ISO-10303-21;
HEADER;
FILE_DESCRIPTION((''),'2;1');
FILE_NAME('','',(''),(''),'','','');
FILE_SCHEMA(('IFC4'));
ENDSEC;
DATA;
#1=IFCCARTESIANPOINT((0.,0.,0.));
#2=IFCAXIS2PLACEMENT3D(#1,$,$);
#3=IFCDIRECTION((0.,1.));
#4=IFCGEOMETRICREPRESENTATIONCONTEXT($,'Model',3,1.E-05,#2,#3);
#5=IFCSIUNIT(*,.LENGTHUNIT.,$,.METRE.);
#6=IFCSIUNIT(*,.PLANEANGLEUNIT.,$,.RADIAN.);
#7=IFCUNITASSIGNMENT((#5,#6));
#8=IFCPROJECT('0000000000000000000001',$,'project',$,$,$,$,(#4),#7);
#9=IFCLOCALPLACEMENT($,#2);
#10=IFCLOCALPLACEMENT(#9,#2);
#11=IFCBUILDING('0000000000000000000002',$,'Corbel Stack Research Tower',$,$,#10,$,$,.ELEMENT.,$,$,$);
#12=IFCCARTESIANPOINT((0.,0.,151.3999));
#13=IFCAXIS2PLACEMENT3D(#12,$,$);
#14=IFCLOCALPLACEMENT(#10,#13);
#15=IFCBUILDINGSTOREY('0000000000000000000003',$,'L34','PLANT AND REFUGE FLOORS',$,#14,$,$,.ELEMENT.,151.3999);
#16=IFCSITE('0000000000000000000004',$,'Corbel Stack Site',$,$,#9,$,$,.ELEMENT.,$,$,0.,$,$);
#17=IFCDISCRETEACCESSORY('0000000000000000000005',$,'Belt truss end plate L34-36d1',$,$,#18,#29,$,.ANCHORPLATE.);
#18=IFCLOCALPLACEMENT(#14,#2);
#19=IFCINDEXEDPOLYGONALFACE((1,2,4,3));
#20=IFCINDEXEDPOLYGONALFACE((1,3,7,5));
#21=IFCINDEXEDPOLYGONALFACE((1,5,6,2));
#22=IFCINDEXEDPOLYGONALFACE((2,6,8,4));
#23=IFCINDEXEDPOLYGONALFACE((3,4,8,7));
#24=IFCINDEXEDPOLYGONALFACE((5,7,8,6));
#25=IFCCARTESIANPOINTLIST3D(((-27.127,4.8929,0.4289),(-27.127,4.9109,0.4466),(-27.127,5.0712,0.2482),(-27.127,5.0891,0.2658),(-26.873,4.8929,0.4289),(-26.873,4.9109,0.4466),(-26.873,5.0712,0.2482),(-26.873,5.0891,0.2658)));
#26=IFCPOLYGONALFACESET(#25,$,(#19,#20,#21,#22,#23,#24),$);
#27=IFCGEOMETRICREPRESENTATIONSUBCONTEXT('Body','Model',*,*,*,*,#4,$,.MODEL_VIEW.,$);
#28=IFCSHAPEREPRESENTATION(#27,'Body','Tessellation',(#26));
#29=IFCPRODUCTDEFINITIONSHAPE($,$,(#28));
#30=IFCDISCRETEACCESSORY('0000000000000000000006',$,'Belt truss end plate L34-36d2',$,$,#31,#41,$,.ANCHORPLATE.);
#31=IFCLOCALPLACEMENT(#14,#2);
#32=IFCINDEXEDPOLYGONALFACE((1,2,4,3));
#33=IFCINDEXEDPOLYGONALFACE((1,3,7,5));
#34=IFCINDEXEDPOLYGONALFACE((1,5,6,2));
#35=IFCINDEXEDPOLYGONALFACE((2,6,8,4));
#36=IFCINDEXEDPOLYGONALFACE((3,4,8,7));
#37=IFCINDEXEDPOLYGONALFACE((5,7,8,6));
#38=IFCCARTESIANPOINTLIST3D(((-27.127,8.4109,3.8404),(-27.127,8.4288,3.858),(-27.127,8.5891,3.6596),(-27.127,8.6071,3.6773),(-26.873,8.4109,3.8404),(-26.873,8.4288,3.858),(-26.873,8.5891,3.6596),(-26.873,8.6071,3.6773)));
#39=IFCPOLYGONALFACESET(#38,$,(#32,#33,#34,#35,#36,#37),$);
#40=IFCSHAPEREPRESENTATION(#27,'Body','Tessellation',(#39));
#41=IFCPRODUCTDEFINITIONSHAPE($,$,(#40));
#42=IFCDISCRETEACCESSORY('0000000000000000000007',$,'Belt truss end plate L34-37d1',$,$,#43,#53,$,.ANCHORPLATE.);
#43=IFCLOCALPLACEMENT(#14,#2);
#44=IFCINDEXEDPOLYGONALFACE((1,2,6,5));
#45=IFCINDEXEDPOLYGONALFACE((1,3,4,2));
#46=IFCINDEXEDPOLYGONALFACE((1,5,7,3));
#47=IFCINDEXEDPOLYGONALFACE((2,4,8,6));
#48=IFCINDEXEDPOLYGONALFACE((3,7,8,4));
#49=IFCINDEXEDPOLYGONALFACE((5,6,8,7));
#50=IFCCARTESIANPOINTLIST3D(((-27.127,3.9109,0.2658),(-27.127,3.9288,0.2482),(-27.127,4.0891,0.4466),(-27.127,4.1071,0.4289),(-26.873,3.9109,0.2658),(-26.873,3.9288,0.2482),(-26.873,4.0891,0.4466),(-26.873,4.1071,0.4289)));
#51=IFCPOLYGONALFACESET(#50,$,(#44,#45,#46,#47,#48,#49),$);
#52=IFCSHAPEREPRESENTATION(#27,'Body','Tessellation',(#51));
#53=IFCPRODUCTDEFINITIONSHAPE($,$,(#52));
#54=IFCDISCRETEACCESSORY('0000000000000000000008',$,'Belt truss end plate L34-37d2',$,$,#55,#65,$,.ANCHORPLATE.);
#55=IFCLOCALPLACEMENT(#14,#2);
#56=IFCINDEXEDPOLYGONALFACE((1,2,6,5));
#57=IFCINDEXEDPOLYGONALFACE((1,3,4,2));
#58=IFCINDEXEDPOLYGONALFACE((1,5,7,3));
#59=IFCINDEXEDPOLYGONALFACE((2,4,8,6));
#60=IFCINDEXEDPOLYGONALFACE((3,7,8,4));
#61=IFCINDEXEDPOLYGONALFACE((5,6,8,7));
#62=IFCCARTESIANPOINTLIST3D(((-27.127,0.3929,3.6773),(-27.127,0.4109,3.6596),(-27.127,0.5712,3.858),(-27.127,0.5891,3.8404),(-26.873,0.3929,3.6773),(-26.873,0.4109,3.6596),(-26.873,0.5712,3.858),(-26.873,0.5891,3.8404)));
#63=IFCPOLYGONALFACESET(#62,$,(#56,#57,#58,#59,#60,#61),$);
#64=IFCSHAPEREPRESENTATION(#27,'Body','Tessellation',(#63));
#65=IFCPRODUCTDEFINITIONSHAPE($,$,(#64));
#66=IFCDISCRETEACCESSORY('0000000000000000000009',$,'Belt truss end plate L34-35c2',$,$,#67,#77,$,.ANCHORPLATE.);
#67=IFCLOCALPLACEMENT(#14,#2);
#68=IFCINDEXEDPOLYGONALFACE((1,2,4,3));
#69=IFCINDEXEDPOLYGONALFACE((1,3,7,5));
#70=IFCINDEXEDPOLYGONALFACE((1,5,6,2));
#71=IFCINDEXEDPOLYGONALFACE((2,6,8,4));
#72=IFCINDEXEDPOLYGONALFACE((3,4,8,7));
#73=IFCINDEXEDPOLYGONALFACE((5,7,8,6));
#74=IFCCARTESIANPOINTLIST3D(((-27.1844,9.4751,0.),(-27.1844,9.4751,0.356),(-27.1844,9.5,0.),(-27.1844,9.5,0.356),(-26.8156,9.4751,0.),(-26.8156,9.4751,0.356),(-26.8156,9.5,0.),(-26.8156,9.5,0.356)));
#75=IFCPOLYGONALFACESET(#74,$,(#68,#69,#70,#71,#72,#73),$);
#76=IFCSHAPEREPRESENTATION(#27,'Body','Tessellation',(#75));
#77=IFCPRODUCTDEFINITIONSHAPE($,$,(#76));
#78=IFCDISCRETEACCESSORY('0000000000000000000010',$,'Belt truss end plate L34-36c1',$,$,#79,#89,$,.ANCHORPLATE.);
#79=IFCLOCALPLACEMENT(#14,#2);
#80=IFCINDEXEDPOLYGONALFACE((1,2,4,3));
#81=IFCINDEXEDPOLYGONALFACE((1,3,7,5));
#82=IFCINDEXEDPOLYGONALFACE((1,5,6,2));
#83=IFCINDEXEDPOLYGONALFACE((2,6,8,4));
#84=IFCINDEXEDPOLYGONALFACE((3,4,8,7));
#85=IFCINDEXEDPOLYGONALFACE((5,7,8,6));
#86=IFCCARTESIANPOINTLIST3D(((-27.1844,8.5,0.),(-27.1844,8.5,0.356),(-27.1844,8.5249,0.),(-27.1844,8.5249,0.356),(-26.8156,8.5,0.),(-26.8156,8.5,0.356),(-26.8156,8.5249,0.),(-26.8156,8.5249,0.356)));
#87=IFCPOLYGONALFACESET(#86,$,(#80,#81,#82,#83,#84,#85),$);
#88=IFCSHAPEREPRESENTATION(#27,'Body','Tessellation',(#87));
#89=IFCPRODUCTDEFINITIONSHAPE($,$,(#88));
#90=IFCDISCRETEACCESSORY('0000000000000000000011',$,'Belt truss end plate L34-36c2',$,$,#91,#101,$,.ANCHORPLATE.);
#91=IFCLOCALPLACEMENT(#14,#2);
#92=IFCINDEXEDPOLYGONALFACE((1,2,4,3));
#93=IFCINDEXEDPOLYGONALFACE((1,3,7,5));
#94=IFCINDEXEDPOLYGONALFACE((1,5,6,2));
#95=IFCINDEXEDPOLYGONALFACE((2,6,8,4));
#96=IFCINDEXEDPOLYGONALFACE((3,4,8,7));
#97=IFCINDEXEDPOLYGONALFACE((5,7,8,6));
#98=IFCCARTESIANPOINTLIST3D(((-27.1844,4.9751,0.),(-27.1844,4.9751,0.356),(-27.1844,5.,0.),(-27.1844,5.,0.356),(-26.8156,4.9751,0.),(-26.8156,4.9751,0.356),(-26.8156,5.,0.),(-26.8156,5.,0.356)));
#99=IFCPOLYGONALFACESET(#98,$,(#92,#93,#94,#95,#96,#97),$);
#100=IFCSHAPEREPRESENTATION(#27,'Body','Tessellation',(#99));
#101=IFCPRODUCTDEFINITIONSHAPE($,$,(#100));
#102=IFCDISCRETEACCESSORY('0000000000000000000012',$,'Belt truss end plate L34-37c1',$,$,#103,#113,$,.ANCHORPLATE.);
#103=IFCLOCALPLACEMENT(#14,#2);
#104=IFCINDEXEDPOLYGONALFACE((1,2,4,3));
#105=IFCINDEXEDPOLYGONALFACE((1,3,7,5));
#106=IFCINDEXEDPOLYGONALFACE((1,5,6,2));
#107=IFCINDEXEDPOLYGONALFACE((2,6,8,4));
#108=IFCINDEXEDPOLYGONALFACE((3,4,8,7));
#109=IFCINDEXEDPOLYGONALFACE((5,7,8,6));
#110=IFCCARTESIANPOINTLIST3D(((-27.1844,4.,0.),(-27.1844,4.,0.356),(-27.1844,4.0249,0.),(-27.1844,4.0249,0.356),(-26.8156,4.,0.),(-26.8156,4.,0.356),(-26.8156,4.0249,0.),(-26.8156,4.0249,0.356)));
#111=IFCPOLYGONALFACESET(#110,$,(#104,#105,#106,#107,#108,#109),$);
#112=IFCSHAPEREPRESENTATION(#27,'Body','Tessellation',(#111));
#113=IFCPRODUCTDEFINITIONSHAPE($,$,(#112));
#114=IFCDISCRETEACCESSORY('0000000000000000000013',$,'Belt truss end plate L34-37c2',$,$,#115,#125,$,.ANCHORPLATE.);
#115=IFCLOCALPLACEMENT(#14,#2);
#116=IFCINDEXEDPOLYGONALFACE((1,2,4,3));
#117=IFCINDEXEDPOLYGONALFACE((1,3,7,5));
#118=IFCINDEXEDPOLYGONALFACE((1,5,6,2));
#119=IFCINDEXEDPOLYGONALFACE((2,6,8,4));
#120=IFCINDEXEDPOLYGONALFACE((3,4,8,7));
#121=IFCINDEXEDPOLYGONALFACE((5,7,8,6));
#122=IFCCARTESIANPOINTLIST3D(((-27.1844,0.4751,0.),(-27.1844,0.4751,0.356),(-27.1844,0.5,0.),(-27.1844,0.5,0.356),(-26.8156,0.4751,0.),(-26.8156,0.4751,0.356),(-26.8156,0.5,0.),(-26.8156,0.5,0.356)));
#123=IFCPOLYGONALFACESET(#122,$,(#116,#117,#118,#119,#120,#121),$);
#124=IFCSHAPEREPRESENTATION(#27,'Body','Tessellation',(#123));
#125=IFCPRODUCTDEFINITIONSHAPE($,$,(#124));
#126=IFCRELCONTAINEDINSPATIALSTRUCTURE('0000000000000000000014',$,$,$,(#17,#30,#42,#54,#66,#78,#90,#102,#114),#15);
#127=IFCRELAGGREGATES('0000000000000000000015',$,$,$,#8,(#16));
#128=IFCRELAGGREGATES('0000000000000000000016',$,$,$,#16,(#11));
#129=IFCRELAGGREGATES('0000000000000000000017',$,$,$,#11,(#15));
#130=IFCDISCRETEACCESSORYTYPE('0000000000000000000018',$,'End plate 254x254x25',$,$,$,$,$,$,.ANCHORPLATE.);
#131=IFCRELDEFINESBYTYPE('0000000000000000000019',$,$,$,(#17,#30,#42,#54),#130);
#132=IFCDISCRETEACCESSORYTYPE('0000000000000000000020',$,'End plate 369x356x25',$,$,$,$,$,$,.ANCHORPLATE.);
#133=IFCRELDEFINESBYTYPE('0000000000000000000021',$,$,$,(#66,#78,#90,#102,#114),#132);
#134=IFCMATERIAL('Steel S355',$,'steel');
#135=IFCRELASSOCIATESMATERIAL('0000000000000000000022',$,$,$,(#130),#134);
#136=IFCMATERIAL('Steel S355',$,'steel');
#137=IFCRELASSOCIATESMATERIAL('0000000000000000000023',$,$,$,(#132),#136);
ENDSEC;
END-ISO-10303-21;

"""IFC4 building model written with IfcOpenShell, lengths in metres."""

from ifc_helpers import new_model, si_unit, direction, frame, origin, origin_2d, place, context, subcontext, project, spatial, rectangle, extrude, material, material_profile, profile_set, type_object, element, save


model = new_model("IFC4")

# Units and contexts
model_context = context("Model", 3, precision=1e-05, world=origin(), true_north=direction((0.0, 1.0)))
body_context = subcontext(model_context, "Body", "Model", "MODEL_VIEW")
ifc_project = project(units=[si_unit("LENGTHUNIT", "METRE"), si_unit("PLANEANGLEUNIT", "RADIAN")], contexts=[model_context])

# Site, building, storey
site_placement = place(None, origin())
site = spatial("IfcSite", under=ifc_project, at=site_placement, Name="Corbel Stack Site", CompositionType="ELEMENT", RefElevation=0.0)
building_placement = place(site_placement, origin())
building = spatial("IfcBuilding", under=site, at=building_placement, Name="Corbel Stack Research Tower", CompositionType="ELEMENT")
storey_placement = place(building_placement, frame((0.0, 0.0, 151.3999)))
storey = spatial("IfcBuildingStorey", under=building, at=storey_placement, Name="L34", Description="PLANT AND REFUGE FLOORS", CompositionType="ELEMENT", Elevation=151.3999)

# Discrete accessories
ifc_material_1 = material(Name="Steel S355", Category="steel")
ifc_material_profile_1 = material_profile(ifc_material_1, rectangle(XDim=0.2539, YDim=0.2539, at=origin_2d()), Name="End plate 254x254x25")
ifc_profile_set_1 = profile_set([ifc_material_profile_1], Name="Steel S355")
discrete_accessory_type_1 = type_object("IfcDiscreteAccessoryType", Name="End plate 254x254x25", PredefinedType="ANCHORPLATE", material=ifc_profile_set_1)
for number, where, z_axis, x_axis, name in (
    (1, (-27.0, 5.0, 0.3562), (0.0, -0.711966, -0.702213), (1.0, 0.0, 0.0), "Belt truss end plate L34-36d1"),
    (2, (-27.0, 8.5, 3.75), (0.0, 0.711966, 0.702213), (-1.0, 0.0, 0.0), "Belt truss end plate L34-36d2"),
    (3, (-27.0, 4.0, 0.3562), (0.0, 0.711966, -0.702213), (-1.0, 0.0, 0.0), "Belt truss end plate L34-37d1"),
    (4, (-27.0, 0.5, 3.75), (0.0, -0.711966, 0.702213), (1.0, 0.0, 0.0), "Belt truss end plate L34-37d2"),
):
    element("IfcDiscreteAccessory", number, at=place(storey_placement, frame(where, z_axis=z_axis, x_axis=x_axis)), inside=storey, type_object=discrete_accessory_type_1, Name=name, PredefinedType="ANCHORPLATE", context=body_context, shape_type="SweptSolid", body=[
        extrude(rectangle(XDim=0.2539, YDim=0.2539, at=origin_2d()), origin(), (0.0, 0.0, 1.0), 0.0251),
    ])
ifc_material_2 = material(Name="Steel S355", Category="steel")
ifc_material_profile_2 = material_profile(ifc_material_2, rectangle(XDim=0.3689, YDim=0.356, at=origin_2d()), Name="End plate 369x356x25")
ifc_profile_set_2 = profile_set([ifc_material_profile_2], Name="Steel S355")
discrete_accessory_type_2 = type_object("IfcDiscreteAccessoryType", Name="End plate 369x356x25", PredefinedType="ANCHORPLATE", material=ifc_profile_set_2)
for number, where, z_axis, x_axis, name in (
    (5, (-27.0, 9.5, 0.178), (0.0, -1.0, 0.0), (1.0, 0.0, 0.0), "Belt truss end plate L34-35c2"),
    (6, (-27.0, 8.5, 0.178), (0.0, 1.0, 0.0), (-1.0, 0.0, 0.0), "Belt truss end plate L34-36c1"),
    (7, (-27.0, 5.0, 0.178), (0.0, -1.0, 0.0), (1.0, 0.0, 0.0), "Belt truss end plate L34-36c2"),
    (8, (-27.0, 4.0, 0.178), (0.0, 1.0, 0.0), (-1.0, 0.0, 0.0), "Belt truss end plate L34-37c1"),
    (9, (-27.0, 0.5, 0.178), (0.0, -1.0, 0.0), (1.0, 0.0, 0.0), "Belt truss end plate L34-37c2"),
):
    element("IfcDiscreteAccessory", number, at=place(storey_placement, frame(where, z_axis=z_axis, x_axis=x_axis)), inside=storey, type_object=discrete_accessory_type_2, Name=name, PredefinedType="ANCHORPLATE", context=body_context, shape_type="SweptSolid", body=[
        extrude(rectangle(XDim=0.3689, YDim=0.356, at=origin_2d()), origin(), (0.0, 0.0, 1.0), 0.0249),
    ])

save(model, "model.ifc")
